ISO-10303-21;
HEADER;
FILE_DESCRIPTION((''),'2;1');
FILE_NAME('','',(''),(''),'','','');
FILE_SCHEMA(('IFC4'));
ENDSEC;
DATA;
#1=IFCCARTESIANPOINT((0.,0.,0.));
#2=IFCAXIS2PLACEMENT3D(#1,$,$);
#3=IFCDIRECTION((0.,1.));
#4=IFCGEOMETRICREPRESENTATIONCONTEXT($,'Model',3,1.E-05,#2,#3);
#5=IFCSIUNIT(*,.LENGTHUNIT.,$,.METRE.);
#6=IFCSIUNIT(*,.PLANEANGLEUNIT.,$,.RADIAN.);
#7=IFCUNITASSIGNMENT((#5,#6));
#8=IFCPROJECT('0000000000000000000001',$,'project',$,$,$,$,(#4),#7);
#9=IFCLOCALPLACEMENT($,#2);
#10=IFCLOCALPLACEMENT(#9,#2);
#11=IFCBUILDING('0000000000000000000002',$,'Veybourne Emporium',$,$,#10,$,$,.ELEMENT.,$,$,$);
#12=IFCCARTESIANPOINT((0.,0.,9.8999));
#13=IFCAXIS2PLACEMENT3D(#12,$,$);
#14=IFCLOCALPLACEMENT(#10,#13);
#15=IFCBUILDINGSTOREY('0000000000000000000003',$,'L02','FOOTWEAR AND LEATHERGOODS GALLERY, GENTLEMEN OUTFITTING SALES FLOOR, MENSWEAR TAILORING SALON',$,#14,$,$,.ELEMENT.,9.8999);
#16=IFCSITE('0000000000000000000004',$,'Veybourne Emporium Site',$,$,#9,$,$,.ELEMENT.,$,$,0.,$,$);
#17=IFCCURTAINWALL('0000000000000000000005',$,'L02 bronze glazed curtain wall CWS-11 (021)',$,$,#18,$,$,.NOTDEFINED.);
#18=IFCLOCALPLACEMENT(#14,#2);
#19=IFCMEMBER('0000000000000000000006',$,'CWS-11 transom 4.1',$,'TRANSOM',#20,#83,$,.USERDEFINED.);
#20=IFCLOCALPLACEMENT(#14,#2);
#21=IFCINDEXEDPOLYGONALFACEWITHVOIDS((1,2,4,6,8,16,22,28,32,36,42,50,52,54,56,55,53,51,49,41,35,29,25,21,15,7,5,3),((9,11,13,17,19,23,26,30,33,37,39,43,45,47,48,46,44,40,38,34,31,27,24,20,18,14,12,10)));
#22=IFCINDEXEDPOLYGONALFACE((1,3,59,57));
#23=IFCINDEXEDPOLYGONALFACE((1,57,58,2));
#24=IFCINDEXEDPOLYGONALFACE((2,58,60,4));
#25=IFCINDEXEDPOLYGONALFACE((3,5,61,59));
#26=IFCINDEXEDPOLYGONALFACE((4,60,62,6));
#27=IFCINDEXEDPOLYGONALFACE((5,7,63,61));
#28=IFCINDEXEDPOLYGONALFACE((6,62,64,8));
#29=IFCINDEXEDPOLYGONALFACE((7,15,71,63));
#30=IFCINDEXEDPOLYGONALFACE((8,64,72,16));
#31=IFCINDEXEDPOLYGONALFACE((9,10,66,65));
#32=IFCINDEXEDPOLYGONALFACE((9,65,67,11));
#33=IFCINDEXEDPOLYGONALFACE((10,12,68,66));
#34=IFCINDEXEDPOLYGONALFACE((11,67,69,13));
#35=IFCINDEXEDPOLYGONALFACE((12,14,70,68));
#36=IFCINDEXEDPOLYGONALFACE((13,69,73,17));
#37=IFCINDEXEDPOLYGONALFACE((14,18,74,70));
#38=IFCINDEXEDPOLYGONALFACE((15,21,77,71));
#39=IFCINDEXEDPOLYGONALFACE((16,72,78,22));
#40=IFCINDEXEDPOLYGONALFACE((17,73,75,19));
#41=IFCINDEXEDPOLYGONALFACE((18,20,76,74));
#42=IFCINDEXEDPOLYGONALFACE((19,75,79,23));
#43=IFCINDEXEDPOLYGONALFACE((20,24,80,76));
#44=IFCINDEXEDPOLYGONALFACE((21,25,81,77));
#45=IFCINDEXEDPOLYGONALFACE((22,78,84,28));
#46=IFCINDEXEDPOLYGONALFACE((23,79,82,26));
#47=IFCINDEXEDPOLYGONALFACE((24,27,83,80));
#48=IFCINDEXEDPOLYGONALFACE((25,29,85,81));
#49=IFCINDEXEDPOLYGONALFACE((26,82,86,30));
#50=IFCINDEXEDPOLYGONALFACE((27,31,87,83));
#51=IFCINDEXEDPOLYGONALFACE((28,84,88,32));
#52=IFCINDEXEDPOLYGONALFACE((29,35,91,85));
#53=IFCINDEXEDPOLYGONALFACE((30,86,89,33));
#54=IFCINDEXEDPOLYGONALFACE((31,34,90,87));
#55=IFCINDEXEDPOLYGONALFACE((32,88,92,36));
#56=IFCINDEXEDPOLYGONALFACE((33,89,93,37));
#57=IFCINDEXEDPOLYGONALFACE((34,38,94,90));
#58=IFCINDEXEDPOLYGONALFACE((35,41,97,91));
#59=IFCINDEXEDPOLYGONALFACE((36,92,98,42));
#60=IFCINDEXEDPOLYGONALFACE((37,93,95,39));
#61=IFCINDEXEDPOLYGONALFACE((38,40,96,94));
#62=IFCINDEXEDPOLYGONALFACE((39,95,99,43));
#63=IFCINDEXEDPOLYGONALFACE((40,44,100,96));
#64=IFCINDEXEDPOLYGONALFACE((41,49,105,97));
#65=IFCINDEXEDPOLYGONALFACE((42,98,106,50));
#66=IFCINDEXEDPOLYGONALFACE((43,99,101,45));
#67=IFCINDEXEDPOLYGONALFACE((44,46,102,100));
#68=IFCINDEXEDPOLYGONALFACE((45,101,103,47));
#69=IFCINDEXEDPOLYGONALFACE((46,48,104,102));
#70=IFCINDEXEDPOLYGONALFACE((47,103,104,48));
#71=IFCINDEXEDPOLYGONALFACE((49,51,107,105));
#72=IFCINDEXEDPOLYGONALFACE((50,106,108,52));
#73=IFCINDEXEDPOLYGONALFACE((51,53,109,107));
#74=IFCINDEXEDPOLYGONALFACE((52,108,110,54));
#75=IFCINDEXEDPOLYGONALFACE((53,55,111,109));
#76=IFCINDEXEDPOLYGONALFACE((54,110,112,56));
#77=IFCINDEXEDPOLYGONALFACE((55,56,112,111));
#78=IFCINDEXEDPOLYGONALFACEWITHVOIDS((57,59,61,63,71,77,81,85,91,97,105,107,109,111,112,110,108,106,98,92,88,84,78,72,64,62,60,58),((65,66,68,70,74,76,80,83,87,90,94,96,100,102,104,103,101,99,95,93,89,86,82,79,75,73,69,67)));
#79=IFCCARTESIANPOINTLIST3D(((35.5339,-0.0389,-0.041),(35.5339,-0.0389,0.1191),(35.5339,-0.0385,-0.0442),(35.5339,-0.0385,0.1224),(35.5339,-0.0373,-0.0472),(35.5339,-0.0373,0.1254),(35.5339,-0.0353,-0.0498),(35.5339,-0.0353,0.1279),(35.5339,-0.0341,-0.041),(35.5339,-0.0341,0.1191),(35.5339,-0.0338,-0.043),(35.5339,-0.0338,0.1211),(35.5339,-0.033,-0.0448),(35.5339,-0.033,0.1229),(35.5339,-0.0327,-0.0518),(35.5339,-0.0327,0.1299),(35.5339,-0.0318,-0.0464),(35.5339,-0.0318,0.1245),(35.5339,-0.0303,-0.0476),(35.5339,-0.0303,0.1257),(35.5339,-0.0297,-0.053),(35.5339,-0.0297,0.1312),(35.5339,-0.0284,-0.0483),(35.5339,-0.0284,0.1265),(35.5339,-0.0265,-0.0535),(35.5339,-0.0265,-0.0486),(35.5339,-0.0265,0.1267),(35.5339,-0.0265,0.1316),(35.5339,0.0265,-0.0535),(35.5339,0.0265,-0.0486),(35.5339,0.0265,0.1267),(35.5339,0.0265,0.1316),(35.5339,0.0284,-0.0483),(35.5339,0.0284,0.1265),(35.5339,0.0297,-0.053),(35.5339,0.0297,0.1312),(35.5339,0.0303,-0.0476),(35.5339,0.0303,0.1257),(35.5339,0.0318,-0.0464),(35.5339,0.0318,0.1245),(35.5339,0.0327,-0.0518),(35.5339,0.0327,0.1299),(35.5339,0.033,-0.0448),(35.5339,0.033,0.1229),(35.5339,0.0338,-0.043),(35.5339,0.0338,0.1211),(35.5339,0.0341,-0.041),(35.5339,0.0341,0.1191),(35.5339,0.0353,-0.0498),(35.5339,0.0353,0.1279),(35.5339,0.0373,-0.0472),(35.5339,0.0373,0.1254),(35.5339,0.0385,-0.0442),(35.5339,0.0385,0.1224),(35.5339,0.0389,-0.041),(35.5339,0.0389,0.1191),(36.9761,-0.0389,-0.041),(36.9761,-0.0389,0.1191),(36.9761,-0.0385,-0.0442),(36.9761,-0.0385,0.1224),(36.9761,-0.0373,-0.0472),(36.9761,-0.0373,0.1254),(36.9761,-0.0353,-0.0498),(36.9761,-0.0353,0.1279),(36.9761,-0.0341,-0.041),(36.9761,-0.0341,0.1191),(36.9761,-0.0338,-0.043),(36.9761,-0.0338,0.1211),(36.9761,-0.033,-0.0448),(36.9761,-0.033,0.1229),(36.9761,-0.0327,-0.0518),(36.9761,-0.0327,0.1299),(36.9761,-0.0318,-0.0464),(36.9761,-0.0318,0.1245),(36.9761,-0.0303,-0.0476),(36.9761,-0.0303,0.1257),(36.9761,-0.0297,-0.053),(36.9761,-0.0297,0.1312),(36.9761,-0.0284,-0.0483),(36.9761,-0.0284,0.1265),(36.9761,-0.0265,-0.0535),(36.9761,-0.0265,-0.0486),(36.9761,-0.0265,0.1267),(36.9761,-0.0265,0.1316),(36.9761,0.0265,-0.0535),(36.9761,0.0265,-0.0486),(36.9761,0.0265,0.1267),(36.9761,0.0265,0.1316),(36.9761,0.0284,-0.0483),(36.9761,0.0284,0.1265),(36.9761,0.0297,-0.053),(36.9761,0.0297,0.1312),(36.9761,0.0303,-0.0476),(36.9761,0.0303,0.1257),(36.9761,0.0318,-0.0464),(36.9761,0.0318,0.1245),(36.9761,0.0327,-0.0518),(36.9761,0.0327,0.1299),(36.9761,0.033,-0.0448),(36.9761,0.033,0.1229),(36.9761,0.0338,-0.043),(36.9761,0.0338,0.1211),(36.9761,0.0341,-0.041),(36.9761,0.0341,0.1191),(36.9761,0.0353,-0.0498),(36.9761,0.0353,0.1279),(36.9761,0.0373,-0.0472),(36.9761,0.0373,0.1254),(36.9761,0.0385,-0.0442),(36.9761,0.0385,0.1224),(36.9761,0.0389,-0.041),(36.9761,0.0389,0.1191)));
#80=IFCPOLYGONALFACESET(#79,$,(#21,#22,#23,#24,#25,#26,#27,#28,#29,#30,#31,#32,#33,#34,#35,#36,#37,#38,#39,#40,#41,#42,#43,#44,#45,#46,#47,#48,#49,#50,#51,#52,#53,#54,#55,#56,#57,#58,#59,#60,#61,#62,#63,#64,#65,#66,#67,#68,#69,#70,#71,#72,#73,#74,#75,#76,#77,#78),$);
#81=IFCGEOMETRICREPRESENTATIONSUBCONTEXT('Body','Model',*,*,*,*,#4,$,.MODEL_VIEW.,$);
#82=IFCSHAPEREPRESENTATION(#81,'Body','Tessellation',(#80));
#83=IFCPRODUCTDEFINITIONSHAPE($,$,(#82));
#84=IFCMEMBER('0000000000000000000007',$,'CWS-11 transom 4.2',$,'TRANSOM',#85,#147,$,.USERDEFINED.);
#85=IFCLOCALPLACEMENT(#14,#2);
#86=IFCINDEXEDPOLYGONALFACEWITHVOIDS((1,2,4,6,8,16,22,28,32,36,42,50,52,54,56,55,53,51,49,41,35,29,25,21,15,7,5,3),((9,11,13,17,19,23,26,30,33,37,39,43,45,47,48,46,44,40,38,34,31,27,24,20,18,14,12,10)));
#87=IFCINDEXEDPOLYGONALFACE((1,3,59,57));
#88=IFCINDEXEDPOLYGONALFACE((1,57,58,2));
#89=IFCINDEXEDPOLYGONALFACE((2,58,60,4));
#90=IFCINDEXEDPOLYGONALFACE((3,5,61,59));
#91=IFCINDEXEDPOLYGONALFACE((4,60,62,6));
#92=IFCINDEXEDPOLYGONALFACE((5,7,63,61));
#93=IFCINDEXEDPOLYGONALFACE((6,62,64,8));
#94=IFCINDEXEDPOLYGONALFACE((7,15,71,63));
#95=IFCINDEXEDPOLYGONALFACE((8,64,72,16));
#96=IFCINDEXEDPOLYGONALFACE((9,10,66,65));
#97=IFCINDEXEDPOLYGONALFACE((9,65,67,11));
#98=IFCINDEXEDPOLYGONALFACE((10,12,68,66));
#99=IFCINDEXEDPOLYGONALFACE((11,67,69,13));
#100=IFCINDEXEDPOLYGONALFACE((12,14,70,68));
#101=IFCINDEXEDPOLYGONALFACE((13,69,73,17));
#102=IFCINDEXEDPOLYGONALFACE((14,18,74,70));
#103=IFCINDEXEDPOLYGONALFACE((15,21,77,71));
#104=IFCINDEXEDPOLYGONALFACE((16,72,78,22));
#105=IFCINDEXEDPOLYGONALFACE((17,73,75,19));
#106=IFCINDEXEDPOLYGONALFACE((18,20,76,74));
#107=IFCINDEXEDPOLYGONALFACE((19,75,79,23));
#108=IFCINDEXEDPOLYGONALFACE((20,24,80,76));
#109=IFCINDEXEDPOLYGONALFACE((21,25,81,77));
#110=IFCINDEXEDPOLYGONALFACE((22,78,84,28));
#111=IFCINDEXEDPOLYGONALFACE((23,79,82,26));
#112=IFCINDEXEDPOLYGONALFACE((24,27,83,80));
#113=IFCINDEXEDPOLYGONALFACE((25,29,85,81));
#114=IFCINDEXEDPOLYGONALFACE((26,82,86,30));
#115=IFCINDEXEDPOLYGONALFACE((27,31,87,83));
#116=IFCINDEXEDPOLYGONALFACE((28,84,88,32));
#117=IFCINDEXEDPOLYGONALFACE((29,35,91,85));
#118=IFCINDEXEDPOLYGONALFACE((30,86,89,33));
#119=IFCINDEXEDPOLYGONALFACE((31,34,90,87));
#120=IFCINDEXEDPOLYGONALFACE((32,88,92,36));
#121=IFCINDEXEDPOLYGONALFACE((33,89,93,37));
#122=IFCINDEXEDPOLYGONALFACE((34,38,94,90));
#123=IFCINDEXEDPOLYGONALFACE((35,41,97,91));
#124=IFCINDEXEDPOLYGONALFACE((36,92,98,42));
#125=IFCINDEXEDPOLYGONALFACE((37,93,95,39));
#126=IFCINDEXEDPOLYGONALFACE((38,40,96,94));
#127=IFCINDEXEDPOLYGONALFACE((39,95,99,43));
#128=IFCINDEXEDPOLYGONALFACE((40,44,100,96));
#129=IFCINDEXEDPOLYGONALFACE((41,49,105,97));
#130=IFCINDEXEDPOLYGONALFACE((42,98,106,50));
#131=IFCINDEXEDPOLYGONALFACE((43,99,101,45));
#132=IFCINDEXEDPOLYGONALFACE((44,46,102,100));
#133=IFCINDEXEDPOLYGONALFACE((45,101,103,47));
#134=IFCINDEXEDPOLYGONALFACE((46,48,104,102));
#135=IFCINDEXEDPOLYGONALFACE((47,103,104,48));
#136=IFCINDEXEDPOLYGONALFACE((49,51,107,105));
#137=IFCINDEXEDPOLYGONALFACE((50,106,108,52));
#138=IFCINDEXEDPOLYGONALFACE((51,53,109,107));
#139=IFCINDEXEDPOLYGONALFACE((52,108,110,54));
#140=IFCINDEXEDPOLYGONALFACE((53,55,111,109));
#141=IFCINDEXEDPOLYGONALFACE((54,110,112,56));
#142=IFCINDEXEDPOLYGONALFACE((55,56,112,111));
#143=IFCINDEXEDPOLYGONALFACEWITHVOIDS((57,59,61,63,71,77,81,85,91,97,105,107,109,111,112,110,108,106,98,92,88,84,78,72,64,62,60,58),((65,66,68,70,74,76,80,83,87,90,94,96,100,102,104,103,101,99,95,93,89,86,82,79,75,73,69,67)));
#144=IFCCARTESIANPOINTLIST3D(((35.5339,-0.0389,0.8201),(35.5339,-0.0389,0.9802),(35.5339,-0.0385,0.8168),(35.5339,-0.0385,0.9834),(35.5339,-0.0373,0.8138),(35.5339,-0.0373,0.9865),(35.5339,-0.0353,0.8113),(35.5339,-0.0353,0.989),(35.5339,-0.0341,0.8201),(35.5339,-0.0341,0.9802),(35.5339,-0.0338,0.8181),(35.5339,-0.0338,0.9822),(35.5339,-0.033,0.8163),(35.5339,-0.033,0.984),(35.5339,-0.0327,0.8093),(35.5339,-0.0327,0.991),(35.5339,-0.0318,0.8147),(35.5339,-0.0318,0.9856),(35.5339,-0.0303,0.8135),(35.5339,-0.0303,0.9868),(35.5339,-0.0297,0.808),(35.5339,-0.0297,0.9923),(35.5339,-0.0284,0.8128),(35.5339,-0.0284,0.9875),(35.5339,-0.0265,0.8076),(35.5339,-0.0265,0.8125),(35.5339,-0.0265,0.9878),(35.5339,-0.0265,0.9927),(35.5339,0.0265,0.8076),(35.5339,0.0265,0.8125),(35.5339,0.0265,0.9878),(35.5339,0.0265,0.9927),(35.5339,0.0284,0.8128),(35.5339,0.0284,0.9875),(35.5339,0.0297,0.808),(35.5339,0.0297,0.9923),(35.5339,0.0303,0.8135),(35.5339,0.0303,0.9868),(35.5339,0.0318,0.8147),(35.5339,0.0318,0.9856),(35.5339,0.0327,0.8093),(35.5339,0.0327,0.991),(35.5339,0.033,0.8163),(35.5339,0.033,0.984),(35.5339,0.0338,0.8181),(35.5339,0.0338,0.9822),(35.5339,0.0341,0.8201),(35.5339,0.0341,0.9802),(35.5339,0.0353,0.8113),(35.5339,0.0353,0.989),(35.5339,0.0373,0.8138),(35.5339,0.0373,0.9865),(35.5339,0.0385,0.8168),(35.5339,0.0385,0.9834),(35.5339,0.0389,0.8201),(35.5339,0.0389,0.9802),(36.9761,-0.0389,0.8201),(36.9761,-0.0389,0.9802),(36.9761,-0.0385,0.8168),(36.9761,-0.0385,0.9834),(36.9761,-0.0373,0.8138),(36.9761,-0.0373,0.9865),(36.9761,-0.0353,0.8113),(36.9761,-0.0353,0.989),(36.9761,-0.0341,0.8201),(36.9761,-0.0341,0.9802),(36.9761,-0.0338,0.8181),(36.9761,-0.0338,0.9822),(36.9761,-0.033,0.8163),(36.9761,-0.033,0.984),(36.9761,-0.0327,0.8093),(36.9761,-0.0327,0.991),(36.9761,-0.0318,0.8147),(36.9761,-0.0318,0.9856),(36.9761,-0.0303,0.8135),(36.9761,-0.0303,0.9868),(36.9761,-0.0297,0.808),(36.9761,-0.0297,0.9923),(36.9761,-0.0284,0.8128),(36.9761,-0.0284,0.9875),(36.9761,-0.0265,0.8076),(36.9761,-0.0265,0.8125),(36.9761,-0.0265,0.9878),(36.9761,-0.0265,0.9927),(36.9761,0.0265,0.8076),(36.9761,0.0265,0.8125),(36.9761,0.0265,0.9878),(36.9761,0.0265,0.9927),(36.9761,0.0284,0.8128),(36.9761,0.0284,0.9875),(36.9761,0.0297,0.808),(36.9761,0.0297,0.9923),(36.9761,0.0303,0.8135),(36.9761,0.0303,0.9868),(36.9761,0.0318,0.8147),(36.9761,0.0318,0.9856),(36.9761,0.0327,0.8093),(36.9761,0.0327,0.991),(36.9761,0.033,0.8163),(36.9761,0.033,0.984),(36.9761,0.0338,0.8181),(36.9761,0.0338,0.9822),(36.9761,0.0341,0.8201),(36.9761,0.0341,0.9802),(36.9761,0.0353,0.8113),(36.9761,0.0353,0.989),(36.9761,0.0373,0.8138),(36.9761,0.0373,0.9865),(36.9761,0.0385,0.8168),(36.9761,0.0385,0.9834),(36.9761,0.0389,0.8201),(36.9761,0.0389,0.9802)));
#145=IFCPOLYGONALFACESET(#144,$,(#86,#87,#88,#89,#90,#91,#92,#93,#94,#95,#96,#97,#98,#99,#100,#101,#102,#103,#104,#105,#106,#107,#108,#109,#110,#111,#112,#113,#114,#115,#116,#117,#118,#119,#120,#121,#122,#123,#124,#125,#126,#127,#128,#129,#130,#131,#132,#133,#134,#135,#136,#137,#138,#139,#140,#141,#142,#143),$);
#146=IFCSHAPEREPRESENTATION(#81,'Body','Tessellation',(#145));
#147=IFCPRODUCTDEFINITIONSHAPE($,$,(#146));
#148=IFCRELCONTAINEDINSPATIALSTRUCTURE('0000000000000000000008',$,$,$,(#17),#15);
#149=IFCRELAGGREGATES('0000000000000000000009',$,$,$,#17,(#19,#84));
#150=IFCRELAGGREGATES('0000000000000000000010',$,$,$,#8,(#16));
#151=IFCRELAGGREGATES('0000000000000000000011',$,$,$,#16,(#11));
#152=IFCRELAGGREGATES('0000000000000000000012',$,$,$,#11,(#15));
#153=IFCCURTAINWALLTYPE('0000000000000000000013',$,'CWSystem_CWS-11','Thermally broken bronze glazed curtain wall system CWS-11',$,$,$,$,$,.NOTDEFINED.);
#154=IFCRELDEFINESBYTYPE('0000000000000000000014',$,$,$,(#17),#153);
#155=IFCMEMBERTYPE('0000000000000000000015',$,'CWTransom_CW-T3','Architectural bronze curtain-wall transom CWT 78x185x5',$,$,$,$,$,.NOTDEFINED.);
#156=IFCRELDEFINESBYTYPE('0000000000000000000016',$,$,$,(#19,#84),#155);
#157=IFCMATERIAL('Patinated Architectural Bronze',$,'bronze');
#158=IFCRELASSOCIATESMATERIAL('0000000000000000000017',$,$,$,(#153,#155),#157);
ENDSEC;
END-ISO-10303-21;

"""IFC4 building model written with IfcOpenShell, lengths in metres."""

from ifc_helpers import new_model, si_unit, direction, frame, origin, origin_2d, place, context, subcontext, project, spatial, hollow_rectangle, extrude, material, material_profile, profile_set, type_object, element, aggregate, save


model = new_model("IFC4")

# Units and contexts
model_context = context("Model", 3, precision=1e-05, world=origin(), true_north=direction((0.0, 1.0)))
body_context = subcontext(model_context, "Body", "Model", "MODEL_VIEW")
ifc_project = project(units=[si_unit("LENGTHUNIT", "METRE"), si_unit("PLANEANGLEUNIT", "RADIAN")], contexts=[model_context])

# Site, building, storey
site_placement = place(None, origin())
site = spatial("IfcSite", under=ifc_project, at=site_placement, Name="Veybourne Emporium Site", CompositionType="ELEMENT", RefElevation=0.0)
building_placement = place(site_placement, origin())
building = spatial("IfcBuilding", under=site, at=building_placement, Name="Veybourne Emporium", CompositionType="ELEMENT")
storey_placement = place(building_placement, frame((0.0, 0.0, 9.8999)))
storey = spatial("IfcBuildingStorey", under=building, at=storey_placement, Name="L02", Description="FOOTWEAR AND LEATHERGOODS GALLERY, GENTLEMEN OUTFITTING SALES FLOOR, MENSWEAR TAILORING SALON", CompositionType="ELEMENT", Elevation=9.8999)

# Curtain wall, members
ifc_material_1 = material(Name="Patinated Architectural Bronze", Category="bronze")
curtain_wall_type = type_object("IfcCurtainWallType", Name="CWSystem_CWS-11", Description="Thermally broken bronze glazed curtain wall system CWS-11", PredefinedType="NOTDEFINED", material=ifc_material_1)
curtain_wall_placement = place(storey_placement, origin())
curtain_wall = element("IfcCurtainWall", 1, at=curtain_wall_placement, inside=storey, type_object=curtain_wall_type, Name="L02 bronze glazed curtain wall CWS-11 (021)", PredefinedType="NOTDEFINED")
ifc_material_profile_1 = material_profile(ifc_material_1, hollow_rectangle(XDim=0.0779, YDim=0.1851, WallThickness=0.0049, InnerFilletRadius=0.0076, OuterFilletRadius=0.0125, at=origin_2d()), Name="CWT 78x185x5")
ifc_profile_set_1 = profile_set([ifc_material_profile_1], Name="Patinated Architectural Bronze")
member_type_1 = type_object("IfcMemberType", Name="CWTransom_CW-T3", Description="Architectural bronze curtain-wall transom CWT 78x185x5", PredefinedType="NOTDEFINED", material=ifc_profile_set_1)
member_1_placement = place(storey_placement, frame((36.9761, 0.0, 0.0391), z_axis=(-1.0, 0.0, 0.0), x_axis=(0.0, -1.0, 0.0)))
member_1 = element("IfcMember", 2, at=member_1_placement, type_object=member_type_1, Name="CWS-11 transom 4.1", ObjectType="TRANSOM", PredefinedType="USERDEFINED", context=body_context, shape_type="SweptSolid", body=[
    extrude(hollow_rectangle(XDim=0.0779, YDim=0.1851, WallThickness=0.0049, InnerFilletRadius=0.0076, OuterFilletRadius=0.0125, at=origin_2d()), origin(), (0.0, 0.0, 1.0), 1.4421),
])
member_2_placement = place(storey_placement, frame((36.9761, 0.0, 0.9001), z_axis=(-1.0, 0.0, 0.0), x_axis=(0.0, -1.0, 0.0)))
member_2 = element("IfcMember", 3, at=member_2_placement, type_object=member_type_1, Name="CWS-11 transom 4.2", ObjectType="TRANSOM", PredefinedType="USERDEFINED", context=body_context, shape_type="SweptSolid", body=[
    extrude(hollow_rectangle(XDim=0.0779, YDim=0.1851, WallThickness=0.0049, InnerFilletRadius=0.0076, OuterFilletRadius=0.0125, at=origin_2d()), origin(), (0.0, 0.0, 1.0), 1.4421),
])

aggregate(curtain_wall, [member_1, member_2])

save(model, "model.ifc")
